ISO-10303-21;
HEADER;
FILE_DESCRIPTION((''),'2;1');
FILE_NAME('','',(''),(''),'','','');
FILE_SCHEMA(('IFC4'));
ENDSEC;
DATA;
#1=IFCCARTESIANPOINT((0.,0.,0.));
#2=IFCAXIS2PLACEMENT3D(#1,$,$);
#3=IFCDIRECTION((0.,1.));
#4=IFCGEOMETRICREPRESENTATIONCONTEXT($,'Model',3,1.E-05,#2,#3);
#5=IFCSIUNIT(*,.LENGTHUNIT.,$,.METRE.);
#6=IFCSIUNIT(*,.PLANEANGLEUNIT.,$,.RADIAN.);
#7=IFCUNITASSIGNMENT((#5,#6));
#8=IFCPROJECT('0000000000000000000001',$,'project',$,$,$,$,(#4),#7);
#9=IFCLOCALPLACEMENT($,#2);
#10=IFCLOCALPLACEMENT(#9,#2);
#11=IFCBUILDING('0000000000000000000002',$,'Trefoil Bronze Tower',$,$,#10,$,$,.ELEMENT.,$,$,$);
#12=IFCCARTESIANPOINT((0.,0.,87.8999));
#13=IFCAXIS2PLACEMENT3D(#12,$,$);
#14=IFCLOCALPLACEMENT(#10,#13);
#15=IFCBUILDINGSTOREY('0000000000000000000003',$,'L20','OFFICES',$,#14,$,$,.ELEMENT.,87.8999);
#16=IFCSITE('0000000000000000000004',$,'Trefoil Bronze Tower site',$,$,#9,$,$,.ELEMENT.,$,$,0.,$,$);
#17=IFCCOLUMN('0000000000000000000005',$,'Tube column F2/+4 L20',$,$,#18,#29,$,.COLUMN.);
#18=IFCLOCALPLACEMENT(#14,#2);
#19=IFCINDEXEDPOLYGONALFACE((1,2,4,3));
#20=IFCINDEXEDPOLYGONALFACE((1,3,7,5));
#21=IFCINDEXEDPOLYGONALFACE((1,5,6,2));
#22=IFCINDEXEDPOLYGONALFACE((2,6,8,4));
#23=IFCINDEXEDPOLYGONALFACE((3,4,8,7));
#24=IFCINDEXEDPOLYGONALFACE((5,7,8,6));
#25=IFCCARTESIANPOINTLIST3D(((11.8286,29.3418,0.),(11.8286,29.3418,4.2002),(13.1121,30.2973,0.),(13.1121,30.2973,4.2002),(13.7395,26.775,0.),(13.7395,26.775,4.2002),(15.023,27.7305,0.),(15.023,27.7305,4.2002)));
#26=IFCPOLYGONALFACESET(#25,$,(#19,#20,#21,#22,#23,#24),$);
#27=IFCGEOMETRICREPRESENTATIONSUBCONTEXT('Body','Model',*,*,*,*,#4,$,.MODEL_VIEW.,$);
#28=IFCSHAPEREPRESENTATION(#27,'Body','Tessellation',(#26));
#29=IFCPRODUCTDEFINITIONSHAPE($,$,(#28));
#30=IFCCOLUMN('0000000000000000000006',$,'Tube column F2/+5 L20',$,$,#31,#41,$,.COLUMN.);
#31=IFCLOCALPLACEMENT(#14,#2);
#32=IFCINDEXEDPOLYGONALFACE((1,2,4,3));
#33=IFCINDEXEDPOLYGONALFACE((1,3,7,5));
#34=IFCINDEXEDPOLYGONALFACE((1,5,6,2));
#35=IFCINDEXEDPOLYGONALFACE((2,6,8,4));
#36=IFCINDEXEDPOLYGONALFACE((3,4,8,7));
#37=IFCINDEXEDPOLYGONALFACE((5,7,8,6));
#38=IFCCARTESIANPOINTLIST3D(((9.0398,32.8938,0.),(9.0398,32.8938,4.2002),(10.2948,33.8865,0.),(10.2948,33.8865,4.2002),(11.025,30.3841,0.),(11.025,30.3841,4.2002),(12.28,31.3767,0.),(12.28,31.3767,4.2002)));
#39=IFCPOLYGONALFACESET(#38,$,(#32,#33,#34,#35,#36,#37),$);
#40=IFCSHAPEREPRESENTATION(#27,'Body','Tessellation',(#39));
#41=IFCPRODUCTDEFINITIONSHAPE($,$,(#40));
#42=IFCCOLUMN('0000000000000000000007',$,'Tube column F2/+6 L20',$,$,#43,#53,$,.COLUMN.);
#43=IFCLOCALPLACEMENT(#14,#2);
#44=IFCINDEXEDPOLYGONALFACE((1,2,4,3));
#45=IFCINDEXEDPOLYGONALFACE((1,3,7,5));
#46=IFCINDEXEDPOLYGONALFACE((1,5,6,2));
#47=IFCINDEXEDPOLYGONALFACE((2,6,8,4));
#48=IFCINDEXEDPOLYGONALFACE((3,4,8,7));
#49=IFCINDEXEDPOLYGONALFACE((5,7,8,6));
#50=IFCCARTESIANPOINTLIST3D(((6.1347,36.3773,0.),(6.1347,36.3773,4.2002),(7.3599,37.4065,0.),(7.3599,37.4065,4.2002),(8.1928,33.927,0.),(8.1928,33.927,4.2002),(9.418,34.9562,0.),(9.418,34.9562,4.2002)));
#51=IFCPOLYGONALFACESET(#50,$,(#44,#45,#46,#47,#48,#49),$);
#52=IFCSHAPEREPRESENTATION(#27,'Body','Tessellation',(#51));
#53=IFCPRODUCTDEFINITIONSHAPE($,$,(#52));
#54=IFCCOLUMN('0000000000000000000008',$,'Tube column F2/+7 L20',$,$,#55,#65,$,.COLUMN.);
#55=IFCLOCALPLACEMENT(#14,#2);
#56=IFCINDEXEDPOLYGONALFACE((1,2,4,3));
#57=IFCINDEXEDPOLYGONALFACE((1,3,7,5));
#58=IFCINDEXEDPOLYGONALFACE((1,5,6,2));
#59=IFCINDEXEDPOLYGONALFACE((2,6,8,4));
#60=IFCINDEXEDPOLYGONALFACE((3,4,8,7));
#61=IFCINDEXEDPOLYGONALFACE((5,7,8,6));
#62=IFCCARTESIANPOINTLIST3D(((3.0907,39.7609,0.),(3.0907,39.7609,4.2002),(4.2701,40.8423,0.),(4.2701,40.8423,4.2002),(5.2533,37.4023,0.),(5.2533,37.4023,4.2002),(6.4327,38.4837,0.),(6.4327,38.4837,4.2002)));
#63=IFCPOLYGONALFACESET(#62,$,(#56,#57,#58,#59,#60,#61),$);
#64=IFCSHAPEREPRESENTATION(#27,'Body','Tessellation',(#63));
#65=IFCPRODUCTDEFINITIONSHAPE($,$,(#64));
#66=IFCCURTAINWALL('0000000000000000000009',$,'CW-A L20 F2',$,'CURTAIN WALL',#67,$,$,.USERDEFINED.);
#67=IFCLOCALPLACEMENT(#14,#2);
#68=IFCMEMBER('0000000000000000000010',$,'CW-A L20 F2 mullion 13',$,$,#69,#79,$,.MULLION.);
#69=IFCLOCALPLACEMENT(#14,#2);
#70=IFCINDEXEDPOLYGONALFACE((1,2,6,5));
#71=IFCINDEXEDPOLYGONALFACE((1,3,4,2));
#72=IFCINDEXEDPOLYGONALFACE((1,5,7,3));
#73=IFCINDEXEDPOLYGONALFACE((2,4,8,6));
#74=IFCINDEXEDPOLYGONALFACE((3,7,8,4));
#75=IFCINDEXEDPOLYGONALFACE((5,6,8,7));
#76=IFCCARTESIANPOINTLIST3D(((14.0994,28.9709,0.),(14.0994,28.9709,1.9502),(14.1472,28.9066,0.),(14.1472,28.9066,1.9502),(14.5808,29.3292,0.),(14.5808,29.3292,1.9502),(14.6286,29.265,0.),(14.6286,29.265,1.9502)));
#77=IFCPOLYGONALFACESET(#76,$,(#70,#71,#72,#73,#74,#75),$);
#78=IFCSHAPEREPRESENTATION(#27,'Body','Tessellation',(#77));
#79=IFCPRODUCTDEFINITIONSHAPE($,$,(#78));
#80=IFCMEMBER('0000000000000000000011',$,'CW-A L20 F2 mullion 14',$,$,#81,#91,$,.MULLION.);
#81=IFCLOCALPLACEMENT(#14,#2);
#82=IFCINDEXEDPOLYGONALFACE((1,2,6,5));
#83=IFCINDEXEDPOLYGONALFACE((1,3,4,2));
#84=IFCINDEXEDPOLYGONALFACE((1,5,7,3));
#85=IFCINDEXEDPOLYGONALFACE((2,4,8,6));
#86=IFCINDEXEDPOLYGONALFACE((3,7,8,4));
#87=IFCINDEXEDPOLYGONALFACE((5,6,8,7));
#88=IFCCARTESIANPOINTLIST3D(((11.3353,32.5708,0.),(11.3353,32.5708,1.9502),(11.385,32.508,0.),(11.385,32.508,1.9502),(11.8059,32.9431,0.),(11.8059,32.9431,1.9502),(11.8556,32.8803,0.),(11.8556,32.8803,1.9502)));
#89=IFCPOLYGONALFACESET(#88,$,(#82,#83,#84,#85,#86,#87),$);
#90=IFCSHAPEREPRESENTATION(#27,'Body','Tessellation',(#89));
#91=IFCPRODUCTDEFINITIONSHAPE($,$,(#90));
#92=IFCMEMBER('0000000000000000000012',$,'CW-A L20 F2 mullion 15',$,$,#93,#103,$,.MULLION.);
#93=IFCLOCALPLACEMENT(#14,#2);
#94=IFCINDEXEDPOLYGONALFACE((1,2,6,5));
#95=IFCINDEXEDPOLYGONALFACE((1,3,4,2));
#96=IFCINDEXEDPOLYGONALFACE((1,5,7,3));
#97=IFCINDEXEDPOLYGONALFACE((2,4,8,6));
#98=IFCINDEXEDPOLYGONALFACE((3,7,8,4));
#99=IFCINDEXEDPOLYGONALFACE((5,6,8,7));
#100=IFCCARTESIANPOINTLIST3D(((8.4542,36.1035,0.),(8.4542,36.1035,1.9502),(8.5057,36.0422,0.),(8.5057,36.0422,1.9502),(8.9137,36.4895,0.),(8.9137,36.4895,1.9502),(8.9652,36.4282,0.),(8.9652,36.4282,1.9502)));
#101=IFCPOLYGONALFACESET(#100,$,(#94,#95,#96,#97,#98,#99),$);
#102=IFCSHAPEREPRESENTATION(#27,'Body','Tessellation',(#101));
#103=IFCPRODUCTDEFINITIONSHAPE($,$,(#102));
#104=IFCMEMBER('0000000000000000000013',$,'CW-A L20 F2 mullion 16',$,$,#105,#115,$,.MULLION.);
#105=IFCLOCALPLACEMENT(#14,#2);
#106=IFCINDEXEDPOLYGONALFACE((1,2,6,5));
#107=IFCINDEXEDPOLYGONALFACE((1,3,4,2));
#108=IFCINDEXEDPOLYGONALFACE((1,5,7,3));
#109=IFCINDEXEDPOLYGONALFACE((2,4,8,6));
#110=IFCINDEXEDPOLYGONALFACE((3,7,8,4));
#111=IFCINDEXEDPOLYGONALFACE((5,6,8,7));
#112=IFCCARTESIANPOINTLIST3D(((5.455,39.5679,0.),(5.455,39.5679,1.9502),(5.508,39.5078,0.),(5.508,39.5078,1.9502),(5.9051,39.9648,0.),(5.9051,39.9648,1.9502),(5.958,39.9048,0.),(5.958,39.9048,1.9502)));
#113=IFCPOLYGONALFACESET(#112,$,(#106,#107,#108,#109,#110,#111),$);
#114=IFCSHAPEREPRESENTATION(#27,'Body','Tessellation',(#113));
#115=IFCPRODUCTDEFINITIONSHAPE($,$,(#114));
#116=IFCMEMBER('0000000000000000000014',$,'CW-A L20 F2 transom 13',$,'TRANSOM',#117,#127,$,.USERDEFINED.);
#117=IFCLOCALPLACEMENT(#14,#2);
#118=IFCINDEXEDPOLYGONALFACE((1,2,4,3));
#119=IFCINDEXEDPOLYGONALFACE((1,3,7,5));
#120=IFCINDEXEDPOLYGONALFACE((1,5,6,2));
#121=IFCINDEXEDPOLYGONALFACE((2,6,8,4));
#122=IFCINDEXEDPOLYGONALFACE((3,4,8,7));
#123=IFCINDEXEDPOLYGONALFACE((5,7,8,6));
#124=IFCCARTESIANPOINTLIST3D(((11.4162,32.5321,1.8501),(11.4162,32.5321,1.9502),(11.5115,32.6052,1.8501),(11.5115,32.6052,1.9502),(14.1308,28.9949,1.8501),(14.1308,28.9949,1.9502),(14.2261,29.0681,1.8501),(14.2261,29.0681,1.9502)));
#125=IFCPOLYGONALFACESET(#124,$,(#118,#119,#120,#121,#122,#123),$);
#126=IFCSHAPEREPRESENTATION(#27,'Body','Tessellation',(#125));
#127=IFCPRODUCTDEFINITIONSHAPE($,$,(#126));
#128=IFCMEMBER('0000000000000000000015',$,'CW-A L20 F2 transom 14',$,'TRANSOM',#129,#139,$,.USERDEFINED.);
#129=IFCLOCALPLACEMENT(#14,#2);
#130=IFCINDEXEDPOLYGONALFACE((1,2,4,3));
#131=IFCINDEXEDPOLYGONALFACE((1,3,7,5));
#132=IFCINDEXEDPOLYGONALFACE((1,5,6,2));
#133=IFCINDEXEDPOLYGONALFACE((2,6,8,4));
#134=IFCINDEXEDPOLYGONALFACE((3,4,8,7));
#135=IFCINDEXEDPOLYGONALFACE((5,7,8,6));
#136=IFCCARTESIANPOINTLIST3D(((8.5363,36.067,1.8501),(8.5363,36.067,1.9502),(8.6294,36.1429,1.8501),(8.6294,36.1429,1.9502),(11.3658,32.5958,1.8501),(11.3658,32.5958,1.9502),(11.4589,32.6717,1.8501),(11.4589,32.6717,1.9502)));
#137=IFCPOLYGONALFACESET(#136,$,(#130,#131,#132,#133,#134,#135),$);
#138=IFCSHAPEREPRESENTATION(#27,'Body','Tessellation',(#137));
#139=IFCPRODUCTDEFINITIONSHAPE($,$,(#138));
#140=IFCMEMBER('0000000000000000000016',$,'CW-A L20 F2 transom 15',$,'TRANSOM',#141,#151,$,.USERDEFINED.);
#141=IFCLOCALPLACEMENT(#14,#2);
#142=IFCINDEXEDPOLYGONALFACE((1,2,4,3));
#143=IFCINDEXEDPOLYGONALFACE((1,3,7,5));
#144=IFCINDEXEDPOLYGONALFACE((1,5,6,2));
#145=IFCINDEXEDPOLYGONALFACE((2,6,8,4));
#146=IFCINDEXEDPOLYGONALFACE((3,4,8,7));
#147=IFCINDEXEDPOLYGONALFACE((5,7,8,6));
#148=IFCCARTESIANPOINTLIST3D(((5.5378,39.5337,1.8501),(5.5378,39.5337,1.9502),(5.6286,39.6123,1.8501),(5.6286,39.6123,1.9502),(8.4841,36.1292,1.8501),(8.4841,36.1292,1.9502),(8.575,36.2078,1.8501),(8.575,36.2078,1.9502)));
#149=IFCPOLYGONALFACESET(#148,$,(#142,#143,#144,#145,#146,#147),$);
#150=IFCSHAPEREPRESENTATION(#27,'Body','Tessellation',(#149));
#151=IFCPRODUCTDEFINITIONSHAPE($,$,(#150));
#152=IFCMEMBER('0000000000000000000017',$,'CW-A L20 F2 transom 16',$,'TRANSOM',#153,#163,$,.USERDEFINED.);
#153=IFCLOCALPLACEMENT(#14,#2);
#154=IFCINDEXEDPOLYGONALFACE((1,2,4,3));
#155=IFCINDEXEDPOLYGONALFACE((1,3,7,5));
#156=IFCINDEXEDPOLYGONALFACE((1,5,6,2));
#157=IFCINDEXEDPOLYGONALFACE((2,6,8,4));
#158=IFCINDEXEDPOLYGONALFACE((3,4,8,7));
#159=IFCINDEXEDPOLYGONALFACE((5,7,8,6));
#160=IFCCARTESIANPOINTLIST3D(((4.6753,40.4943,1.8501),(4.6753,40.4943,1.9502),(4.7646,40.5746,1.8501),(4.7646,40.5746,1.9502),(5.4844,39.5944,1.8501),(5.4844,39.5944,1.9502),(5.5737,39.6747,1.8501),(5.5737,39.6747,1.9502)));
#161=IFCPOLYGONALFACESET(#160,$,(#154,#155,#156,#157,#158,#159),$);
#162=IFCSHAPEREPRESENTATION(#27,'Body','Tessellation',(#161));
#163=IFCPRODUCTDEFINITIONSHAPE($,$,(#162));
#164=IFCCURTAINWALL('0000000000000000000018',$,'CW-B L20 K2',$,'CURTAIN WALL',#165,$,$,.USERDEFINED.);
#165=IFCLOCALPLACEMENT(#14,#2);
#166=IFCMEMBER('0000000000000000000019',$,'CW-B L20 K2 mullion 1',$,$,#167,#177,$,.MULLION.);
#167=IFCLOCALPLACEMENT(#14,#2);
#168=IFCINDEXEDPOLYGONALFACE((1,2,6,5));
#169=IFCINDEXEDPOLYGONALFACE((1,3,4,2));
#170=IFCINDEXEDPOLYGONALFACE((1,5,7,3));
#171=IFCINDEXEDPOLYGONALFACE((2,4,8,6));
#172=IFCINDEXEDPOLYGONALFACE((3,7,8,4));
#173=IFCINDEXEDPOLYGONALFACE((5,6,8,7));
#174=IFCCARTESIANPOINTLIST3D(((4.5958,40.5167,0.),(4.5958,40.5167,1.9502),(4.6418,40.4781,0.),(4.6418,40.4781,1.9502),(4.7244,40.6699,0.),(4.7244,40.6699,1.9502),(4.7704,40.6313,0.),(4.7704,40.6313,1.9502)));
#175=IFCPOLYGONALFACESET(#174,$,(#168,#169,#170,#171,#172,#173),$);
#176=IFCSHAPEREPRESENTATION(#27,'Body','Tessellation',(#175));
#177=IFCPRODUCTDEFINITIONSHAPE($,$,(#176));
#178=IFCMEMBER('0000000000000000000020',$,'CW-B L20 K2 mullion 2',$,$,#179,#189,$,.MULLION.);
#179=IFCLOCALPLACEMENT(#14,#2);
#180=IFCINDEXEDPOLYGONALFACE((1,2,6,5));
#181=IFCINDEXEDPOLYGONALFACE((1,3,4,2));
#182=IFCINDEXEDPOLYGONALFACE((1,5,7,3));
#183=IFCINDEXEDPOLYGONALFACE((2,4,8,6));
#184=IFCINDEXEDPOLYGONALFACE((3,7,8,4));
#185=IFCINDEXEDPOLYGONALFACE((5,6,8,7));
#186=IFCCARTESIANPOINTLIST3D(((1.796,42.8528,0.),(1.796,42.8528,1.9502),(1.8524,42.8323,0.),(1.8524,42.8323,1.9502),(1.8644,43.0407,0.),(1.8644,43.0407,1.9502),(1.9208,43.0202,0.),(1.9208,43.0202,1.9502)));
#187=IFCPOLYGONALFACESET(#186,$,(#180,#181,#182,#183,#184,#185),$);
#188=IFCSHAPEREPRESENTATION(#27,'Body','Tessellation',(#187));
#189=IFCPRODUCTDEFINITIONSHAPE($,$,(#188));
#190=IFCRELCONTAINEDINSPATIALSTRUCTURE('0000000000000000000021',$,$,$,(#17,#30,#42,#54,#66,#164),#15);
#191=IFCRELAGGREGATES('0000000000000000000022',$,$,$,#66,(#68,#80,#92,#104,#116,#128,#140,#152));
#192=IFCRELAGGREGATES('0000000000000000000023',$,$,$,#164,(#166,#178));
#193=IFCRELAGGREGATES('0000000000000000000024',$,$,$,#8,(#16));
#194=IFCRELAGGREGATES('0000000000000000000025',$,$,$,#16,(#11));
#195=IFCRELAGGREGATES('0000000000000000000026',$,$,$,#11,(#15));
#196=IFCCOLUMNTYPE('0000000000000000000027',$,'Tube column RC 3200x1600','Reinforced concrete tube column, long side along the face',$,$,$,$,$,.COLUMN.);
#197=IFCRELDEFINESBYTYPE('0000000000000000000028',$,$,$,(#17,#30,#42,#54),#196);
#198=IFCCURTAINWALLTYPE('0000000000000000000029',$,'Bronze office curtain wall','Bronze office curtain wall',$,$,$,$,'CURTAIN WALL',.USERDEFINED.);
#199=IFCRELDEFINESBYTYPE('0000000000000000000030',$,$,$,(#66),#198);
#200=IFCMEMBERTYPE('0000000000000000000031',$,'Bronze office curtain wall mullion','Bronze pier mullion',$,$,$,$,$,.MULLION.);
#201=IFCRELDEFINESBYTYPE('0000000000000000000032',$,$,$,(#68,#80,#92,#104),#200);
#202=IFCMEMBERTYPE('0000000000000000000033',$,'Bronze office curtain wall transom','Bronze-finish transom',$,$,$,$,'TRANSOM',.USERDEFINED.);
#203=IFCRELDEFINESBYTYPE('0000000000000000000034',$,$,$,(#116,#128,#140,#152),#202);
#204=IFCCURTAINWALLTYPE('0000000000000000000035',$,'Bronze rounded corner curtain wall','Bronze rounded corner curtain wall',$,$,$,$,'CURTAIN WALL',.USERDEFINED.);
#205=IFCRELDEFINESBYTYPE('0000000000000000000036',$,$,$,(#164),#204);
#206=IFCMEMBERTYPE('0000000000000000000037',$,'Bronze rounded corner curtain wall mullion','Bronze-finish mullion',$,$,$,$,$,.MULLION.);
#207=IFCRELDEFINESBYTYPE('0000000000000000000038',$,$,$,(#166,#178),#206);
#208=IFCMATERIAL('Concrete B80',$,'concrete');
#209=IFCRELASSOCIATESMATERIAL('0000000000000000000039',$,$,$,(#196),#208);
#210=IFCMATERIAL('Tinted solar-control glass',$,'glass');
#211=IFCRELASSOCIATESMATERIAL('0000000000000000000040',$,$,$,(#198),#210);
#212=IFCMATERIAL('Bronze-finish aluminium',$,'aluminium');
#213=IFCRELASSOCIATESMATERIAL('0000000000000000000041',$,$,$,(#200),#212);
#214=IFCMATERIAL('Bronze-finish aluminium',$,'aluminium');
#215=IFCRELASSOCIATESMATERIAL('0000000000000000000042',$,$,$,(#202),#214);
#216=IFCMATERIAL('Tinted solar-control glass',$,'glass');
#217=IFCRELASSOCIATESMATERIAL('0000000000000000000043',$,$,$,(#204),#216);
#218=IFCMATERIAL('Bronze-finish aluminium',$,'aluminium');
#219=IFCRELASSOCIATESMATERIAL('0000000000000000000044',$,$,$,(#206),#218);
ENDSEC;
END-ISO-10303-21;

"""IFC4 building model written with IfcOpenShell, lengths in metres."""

from ifc_helpers import new_model, si_unit, direction, frame, origin, origin_2d, place, context, subcontext, project, spatial, rectangle, extrude, material, material_profile, profile_set, type_object, element, aggregate, save


model = new_model("IFC4")

# Units and contexts
model_context = context("Model", 3, precision=1e-05, world=origin(), true_north=direction((0.0, 1.0)))
body_context = subcontext(model_context, "Body", "Model", "MODEL_VIEW")
ifc_project = project(units=[si_unit("LENGTHUNIT", "METRE"), si_unit("PLANEANGLEUNIT", "RADIAN")], contexts=[model_context])

# Site, building, storey
site_placement = place(None, origin())
site = spatial("IfcSite", under=ifc_project, at=site_placement, Name="Trefoil Bronze Tower site", CompositionType="ELEMENT", RefElevation=0.0)
building_placement = place(site_placement, origin())
building = spatial("IfcBuilding", under=site, at=building_placement, Name="Trefoil Bronze Tower", CompositionType="ELEMENT")
storey_placement = place(building_placement, frame((0.0, 0.0, 87.8999)))
storey = spatial("IfcBuildingStorey", under=building, at=storey_placement, Name="L20", Description="OFFICES", CompositionType="ELEMENT", Elevation=87.8999)

# Columns
ifc_material_1 = material(Name="Concrete B80", Category="concrete")
ifc_material_profile_1 = material_profile(ifc_material_1, rectangle(XDim=3.2, YDim=1.6001, at=origin_2d()), Name="RC 3200x1600")
ifc_profile_set_1 = profile_set([ifc_material_profile_1], Name="Concrete B80")
column_type = type_object("IfcColumnType", Name="Tube column RC 3200x1600", Description="Reinforced concrete tube column, long side along the face", PredefinedType="COLUMN", material=ifc_profile_set_1)
for number, where, z_axis, x_axis, name in (
    (1, (13.4258, 28.5361, 0.0), (0.0, 0.0, 1.0), (-0.597154, 0.802127, 0.0), "Tube column F2/+4 L20"),
    (2, (10.6599, 32.1353, 0.0), (0.0, 0.0, 1.0), (-0.620376, 0.784305, 0.0), "Tube column F2/+5 L20"),
    (3, (7.7764, 35.6667, 0.0), (0.0, 0.0, 1.0), (-0.643163, 0.765729, 0.0), "Tube column F2/+6 L20"),
    (4, (4.7617, 39.1223, 0.0), (0.0, 0.0, 1.0), (-0.675816, 0.73707, 0.0), "Tube column F2/+7 L20"),
):
    element("IfcColumn", number, at=place(storey_placement, frame(where, z_axis=z_axis, x_axis=x_axis)), inside=storey, type_object=column_type, Name=name, PredefinedType="COLUMN", context=body_context, shape_type="SweptSolid", body=[
        extrude(rectangle(XDim=3.2, YDim=1.6001, at=origin_2d()), origin(), (0.0, 0.0, 1.0), 4.2002),
    ])

# Curtain walls, members
ifc_material_2 = material(Name="Tinted solar-control glass", Category="glass")
curtain_wall_type_1 = type_object("IfcCurtainWallType", Name="Bronze office curtain wall", Description="Bronze office curtain wall", ElementType="CURTAIN WALL", PredefinedType="USERDEFINED", material=ifc_material_2)
curtain_wall_1_placement = place(storey_placement, origin())
curtain_wall_1 = element("IfcCurtainWall", 5, at=curtain_wall_1_placement, inside=storey, type_object=curtain_wall_type_1, Name="CW-A L20 F2", ObjectType="CURTAIN WALL", PredefinedType="USERDEFINED")
ifc_material_3 = material(Name="Bronze-finish aluminium", Category="aluminium")
ifc_material_profile_2 = material_profile(ifc_material_3, rectangle(XDim=0.6001, YDim=0.0801, at=origin_2d()), Name="CW-A mullion")
ifc_profile_set_2 = profile_set([ifc_material_profile_2], Name="Bronze-finish aluminium")
member_type_1 = type_object("IfcMemberType", Name="Bronze office curtain wall mullion", Description="Bronze pier mullion", PredefinedType="MULLION", material=ifc_profile_set_2)
member_1_placement = place(storey_placement, frame((14.364, 29.1179, 0.0), z_axis=(0.0, 0.0, 1.0), x_axis=(-0.802127, -0.597154, 0.0)))
member_1 = element("IfcMember", 6, at=member_1_placement, type_object=member_type_1, Name="CW-A L20 F2 mullion 13", PredefinedType="MULLION", context=body_context, shape_type="SweptSolid", body=[
    extrude(rectangle(XDim=0.6001, YDim=0.0801, at=origin_2d()), origin(), (0.0, 0.0, 1.0), 1.9502),
])
member_2_placement = place(storey_placement, frame((11.5955, 32.7256, 0.0), z_axis=(0.0, 0.0, 1.0), x_axis=(-0.784305, -0.620376, 0.0)))
member_2 = element("IfcMember", 7, at=member_2_placement, type_object=member_type_1, Name="CW-A L20 F2 mullion 14", PredefinedType="MULLION", context=body_context, shape_type="SweptSolid", body=[
    extrude(rectangle(XDim=0.6001, YDim=0.0801, at=origin_2d()), origin(), (0.0, 0.0, 1.0), 1.9502),
])
member_3_placement = place(storey_placement, frame((8.7097, 36.2659, 0.0), z_axis=(0.0, 0.0, 1.0), x_axis=(-0.765729, -0.643163, 0.0)))
member_3 = element("IfcMember", 8, at=member_3_placement, type_object=member_type_1, Name="CW-A L20 F2 mullion 15", PredefinedType="MULLION", context=body_context, shape_type="SweptSolid", body=[
    extrude(rectangle(XDim=0.6001, YDim=0.0801, at=origin_2d()), origin(), (0.0, 0.0, 1.0), 1.9502),
])
member_4_placement = place(storey_placement, frame((5.7065, 39.7363, 0.0), z_axis=(0.0, 0.0, 1.0), x_axis=(-0.749941, -0.661505, 0.0)))
member_4 = element("IfcMember", 9, at=member_4_placement, type_object=member_type_1, Name="CW-A L20 F2 mullion 16", PredefinedType="MULLION", context=body_context, shape_type="SweptSolid", body=[
    extrude(rectangle(XDim=0.6001, YDim=0.0801, at=origin_2d()), origin(), (0.0, 0.0, 1.0), 1.9502),
])
ifc_material_4 = material(Name="Bronze-finish aluminium", Category="aluminium")
ifc_material_profile_3 = material_profile(ifc_material_4, rectangle(XDim=0.1201, YDim=0.1001, at=origin_2d()), Name="CW-A transom")
ifc_profile_set_3 = profile_set([ifc_material_profile_3], Name="Bronze-finish aluminium")
member_type_2 = type_object("IfcMemberType", Name="Bronze office curtain wall transom", Description="Bronze-finish transom", ElementType="TRANSOM", PredefinedType="USERDEFINED", material=ifc_profile_set_3)
member_5_placement = place(storey_placement, frame((14.1785, 29.0315, 1.9001), z_axis=(-0.608829, 0.793301, 0.0), x_axis=(-0.793301, -0.608829, 0.0)))
member_5 = element("IfcMember", 10, at=member_5_placement, type_object=member_type_2, Name="CW-A L20 F2 transom 13", ObjectType="TRANSOM", PredefinedType="USERDEFINED", context=body_context, shape_type="SweptSolid", body=[
    extrude(rectangle(XDim=0.1201, YDim=0.1001, at=origin_2d()), origin(), (0.0, 0.0, 1.0), 4.4587),
])
member_6_placement = place(storey_placement, frame((11.4124, 32.6338, 1.9001), z_axis=(-0.631836, 0.775102, 0.0), x_axis=(-0.775102, -0.631836, 0.0)))
member_6 = element("IfcMember", 11, at=member_6_placement, type_object=member_type_2, Name="CW-A L20 F2 transom 14", ObjectType="TRANSOM", PredefinedType="USERDEFINED", context=body_context, shape_type="SweptSolid", body=[
    extrude(rectangle(XDim=0.1201, YDim=0.1001, at=origin_2d()), origin(), (0.0, 0.0, 1.0), 4.4783),
])
member_7_placement = place(storey_placement, frame((8.5295, 36.1685, 1.9001), z_axis=(-0.654383, 0.756163, 0.0), x_axis=(-0.756163, -0.654383, 0.0)))
member_7 = element("IfcMember", 12, at=member_7_placement, type_object=member_type_2, Name="CW-A L20 F2 transom 15", ObjectType="TRANSOM", PredefinedType="USERDEFINED", context=body_context, shape_type="SweptSolid", body=[
    extrude(rectangle(XDim=0.1201, YDim=0.1001, at=origin_2d()), origin(), (0.0, 0.0, 1.0), 4.5024),
])
member_8_placement = place(storey_placement, frame((5.5291, 39.6345, 1.9001), z_axis=(-0.668586, 0.743635, 0.0), x_axis=(-0.743635, -0.668586, 0.0)))
member_8 = element("IfcMember", 13, at=member_8_placement, type_object=member_type_2, Name="CW-A L20 F2 transom 16", ObjectType="TRANSOM", PredefinedType="USERDEFINED", context=body_context, shape_type="SweptSolid", body=[
    extrude(rectangle(XDim=0.1201, YDim=0.1001, at=origin_2d()), origin(), (0.0, 0.0, 1.0), 1.2102),
])
ifc_material_5 = material(Name="Tinted solar-control glass", Category="glass")
curtain_wall_type_2 = type_object("IfcCurtainWallType", Name="Bronze rounded corner curtain wall", Description="Bronze rounded corner curtain wall", ElementType="CURTAIN WALL", PredefinedType="USERDEFINED", material=ifc_material_5)
curtain_wall_2_placement = place(storey_placement, origin())
curtain_wall_2 = element("IfcCurtainWall", 14, at=curtain_wall_2_placement, inside=storey, type_object=curtain_wall_type_2, Name="CW-B L20 K2", ObjectType="CURTAIN WALL", PredefinedType="USERDEFINED")
ifc_material_6 = material(Name="Bronze-finish aluminium", Category="aluminium")
ifc_material_profile_4 = material_profile(ifc_material_6, rectangle(XDim=0.2, YDim=0.0601, at=origin_2d()), Name="CW-B mullion")
ifc_profile_set_4 = profile_set([ifc_material_profile_4], Name="Bronze-finish aluminium")
member_type_3 = type_object("IfcMemberType", Name="Bronze rounded corner curtain wall mullion", Description="Bronze-finish mullion", PredefinedType="MULLION", material=ifc_profile_set_4)
member_9_placement = place(storey_placement, frame((4.6831, 40.574, 0.0), z_axis=(0.0, 0.0, 1.0), x_axis=(-0.642788, -0.766044, 0.0)))
member_9 = element("IfcMember", 15, at=member_9_placement, type_object=member_type_3, Name="CW-B L20 K2 mullion 1", PredefinedType="MULLION", context=body_context, shape_type="SweptSolid", body=[
    extrude(rectangle(XDim=0.2, YDim=0.0601, at=origin_2d()), origin(), (0.0, 0.0, 1.0), 1.9502),
])
member_10_placement = place(storey_placement, frame((1.8584, 42.9365, 0.0), z_axis=(0.0, 0.0, 1.0), x_axis=(-0.34202, -0.939693, 0.0)))
member_10 = element("IfcMember", 16, at=member_10_placement, type_object=member_type_3, Name="CW-B L20 K2 mullion 2", PredefinedType="MULLION", context=body_context, shape_type="SweptSolid", body=[
    extrude(rectangle(XDim=0.2, YDim=0.0601, at=origin_2d()), origin(), (0.0, 0.0, 1.0), 1.9502),
])

aggregate(curtain_wall_1, [member_1, member_2, member_3, member_4, member_5, member_6, member_7, member_8])
aggregate(curtain_wall_2, [member_9, member_10])

save(model, "model.ifc")
